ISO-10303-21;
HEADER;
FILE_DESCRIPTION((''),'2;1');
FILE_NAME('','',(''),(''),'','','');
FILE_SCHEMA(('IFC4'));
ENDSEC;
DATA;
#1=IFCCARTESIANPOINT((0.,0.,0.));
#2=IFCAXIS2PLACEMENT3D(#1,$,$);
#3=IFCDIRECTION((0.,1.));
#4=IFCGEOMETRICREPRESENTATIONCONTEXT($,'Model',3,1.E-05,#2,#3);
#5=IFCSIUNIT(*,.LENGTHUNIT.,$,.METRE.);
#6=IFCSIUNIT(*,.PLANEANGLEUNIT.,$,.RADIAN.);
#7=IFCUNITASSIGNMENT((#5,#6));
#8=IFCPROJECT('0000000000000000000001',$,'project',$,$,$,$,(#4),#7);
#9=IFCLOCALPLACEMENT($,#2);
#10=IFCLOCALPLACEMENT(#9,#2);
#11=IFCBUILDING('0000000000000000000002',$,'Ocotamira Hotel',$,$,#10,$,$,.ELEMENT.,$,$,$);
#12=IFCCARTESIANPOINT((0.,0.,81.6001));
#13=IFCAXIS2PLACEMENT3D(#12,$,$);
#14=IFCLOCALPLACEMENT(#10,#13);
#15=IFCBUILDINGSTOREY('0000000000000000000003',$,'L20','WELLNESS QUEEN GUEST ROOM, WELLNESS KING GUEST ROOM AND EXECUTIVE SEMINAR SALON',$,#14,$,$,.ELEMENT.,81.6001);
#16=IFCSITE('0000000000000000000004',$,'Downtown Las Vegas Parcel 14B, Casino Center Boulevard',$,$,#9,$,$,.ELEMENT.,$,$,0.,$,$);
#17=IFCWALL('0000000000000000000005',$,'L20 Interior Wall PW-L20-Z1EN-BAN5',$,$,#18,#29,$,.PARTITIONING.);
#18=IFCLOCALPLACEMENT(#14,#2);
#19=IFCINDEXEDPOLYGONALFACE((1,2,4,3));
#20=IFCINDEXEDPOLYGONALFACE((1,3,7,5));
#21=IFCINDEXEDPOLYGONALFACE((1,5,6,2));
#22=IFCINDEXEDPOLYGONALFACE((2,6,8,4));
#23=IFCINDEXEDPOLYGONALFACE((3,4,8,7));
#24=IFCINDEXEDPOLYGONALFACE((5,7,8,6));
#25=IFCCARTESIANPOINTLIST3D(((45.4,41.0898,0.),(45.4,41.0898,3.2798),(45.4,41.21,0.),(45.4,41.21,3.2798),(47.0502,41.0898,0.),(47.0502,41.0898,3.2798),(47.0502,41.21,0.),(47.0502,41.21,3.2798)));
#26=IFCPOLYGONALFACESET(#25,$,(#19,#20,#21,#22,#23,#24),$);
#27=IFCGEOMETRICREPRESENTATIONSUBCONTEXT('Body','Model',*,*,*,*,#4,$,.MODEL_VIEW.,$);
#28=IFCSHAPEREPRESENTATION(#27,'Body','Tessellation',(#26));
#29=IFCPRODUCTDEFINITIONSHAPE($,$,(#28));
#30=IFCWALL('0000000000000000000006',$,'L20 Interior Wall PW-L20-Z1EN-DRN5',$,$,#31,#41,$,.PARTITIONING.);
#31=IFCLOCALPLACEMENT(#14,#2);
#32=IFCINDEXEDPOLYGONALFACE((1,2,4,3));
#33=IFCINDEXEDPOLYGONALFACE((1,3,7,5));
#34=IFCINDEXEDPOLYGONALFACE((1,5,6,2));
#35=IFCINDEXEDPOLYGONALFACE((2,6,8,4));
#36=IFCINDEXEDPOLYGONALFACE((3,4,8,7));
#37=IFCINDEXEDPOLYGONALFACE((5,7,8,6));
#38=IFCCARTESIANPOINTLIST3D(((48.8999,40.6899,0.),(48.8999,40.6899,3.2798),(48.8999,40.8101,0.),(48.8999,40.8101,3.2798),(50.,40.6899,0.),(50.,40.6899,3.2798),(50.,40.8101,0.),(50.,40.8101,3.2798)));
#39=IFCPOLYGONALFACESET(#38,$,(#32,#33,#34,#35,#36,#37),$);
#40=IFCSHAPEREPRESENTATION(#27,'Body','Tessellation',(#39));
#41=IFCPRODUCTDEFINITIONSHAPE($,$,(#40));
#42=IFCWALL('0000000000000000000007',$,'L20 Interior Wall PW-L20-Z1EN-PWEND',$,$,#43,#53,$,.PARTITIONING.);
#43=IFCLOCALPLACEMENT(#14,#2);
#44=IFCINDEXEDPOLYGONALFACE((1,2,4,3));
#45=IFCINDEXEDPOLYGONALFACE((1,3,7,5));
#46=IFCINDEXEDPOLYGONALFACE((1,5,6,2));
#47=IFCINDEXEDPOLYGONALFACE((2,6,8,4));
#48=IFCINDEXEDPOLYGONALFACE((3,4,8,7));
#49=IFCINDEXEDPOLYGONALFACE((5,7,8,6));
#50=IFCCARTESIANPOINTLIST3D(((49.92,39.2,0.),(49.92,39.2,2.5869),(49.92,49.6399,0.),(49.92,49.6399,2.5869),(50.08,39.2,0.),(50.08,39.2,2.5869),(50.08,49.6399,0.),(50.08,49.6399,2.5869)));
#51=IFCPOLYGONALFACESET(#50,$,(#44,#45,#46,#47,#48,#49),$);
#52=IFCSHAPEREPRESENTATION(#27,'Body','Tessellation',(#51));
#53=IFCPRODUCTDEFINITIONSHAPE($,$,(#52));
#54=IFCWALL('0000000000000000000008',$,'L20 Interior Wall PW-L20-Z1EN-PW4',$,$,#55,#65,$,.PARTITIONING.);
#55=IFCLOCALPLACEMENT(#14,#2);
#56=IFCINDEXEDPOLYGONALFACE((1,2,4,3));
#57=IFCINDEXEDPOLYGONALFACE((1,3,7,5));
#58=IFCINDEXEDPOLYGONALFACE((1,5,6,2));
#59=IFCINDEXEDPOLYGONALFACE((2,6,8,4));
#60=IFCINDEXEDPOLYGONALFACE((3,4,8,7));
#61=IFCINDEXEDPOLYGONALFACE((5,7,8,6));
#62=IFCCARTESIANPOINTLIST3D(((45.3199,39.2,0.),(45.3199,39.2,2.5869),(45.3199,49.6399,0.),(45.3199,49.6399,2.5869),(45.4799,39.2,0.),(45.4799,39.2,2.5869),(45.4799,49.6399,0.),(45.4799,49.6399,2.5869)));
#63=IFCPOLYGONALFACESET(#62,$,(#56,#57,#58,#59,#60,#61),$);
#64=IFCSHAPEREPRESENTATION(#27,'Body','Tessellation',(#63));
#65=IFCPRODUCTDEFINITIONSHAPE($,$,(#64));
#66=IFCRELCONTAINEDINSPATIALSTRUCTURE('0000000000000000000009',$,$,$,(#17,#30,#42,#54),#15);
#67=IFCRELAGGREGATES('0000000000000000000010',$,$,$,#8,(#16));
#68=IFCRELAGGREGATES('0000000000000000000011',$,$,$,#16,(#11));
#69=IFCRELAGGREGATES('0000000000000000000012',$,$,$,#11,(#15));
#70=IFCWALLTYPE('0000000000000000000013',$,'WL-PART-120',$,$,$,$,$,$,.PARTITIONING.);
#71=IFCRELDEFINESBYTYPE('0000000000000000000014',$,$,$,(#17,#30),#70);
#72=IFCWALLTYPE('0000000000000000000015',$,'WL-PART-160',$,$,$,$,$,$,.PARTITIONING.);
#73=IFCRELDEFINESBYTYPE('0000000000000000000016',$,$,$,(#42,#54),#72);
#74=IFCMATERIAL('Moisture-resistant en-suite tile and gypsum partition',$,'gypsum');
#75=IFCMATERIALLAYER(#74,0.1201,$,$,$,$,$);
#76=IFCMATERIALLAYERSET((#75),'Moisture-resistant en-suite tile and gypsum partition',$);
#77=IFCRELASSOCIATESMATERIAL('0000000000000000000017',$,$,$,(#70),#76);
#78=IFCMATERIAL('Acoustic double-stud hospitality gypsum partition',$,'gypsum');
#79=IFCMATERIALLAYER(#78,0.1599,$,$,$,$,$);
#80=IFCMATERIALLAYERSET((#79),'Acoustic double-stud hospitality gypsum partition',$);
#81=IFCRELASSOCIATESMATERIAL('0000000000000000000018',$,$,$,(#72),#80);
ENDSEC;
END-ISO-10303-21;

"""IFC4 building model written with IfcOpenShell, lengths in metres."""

from ifc_helpers import new_model, si_unit, direction, frame, frame_2d, origin, place, context, subcontext, project, spatial, rectangle, extrude, material, layer, layer_set, type_object, element, save


model = new_model("IFC4")

# Units and contexts
model_context = context("Model", 3, precision=1e-05, world=origin(), true_north=direction((0.0, 1.0)))
body_context = subcontext(model_context, "Body", "Model", "MODEL_VIEW")
ifc_project = project(units=[si_unit("LENGTHUNIT", "METRE"), si_unit("PLANEANGLEUNIT", "RADIAN")], contexts=[model_context])

# Site, building, storey
site_placement = place(None, origin())
site = spatial("IfcSite", under=ifc_project, at=site_placement, Name="Downtown Las Vegas Parcel 14B, Casino Center Boulevard", CompositionType="ELEMENT", RefElevation=0.0)
building_placement = place(site_placement, origin())
building = spatial("IfcBuilding", under=site, at=building_placement, Name="Ocotamira Hotel", CompositionType="ELEMENT")
storey_placement = place(building_placement, frame((0.0, 0.0, 81.6001)))
storey = spatial("IfcBuildingStorey", under=building, at=storey_placement, Name="L20", Description="WELLNESS QUEEN GUEST ROOM, WELLNESS KING GUEST ROOM AND EXECUTIVE SEMINAR SALON", CompositionType="ELEMENT", Elevation=81.6001)

# Shared definitions
ifc_material_1 = material(Name="Moisture-resistant en-suite tile and gypsum partition", Category="gypsum")
ifc_layer_1 = layer(ifc_material_1, 0.1201)
ifc_layer_set_1 = layer_set([ifc_layer_1], Name="Moisture-resistant en-suite tile and gypsum partition")
wall_type_1 = type_object("IfcWallType", Name="WL-PART-120", PredefinedType="PARTITIONING", material=ifc_layer_set_1)

# Walls
wall_1_placement = place(storey_placement, frame((45.3999, 41.1499, 0.0), z_axis=(0.0, 0.0, 1.0), x_axis=(1.0, 0.0, 0.0)))
element("IfcWall", 1, at=wall_1_placement, inside=storey, type_object=wall_type_1, Name="L20 Interior Wall PW-L20-Z1EN-BAN5", PredefinedType="PARTITIONING", context=body_context, shape_type="SweptSolid", body=[
    extrude(rectangle(XDim=1.6501, YDim=0.1201, at=frame_2d((0.8252, 0.0))), origin(), (0.0, 0.0, 1.0), 3.2798),
])
wall_2_placement = place(storey_placement, frame((48.8999, 40.75, 0.0), z_axis=(0.0, 0.0, 1.0), x_axis=(1.0, 0.0, 0.0)))
element("IfcWall", 2, at=wall_2_placement, inside=storey, type_object=wall_type_1, Name="L20 Interior Wall PW-L20-Z1EN-DRN5", PredefinedType="PARTITIONING", context=body_context, shape_type="SweptSolid", body=[
    extrude(rectangle(XDim=1.1001, YDim=0.1201, at=frame_2d((0.55, 0.0))), origin(), (0.0, 0.0, 1.0), 3.2798),
])
ifc_material_2 = material(Name="Acoustic double-stud hospitality gypsum partition", Category="gypsum")
ifc_layer_2 = layer(ifc_material_2, 0.1599)
ifc_layer_set_2 = layer_set([ifc_layer_2], Name="Acoustic double-stud hospitality gypsum partition")
wall_type_2 = type_object("IfcWallType", Name="WL-PART-160", PredefinedType="PARTITIONING", material=ifc_layer_set_2)
for number, where, z_axis, x_axis, name in (
    (3, (50.0, 39.2, 0.0), (0.0, 0.0, 1.0), (0.0, 1.0, 0.0), "L20 Interior Wall PW-L20-Z1EN-PWEND"),
    (4, (45.3999, 39.2, 0.0), (0.0, 0.0, 1.0), (0.0, 1.0, 0.0), "L20 Interior Wall PW-L20-Z1EN-PW4"),
):
    element("IfcWall", number, at=place(storey_placement, frame(where, z_axis=z_axis, x_axis=x_axis)), inside=storey, type_object=wall_type_2, Name=name, PredefinedType="PARTITIONING", context=body_context, shape_type="SweptSolid", body=[
        extrude(rectangle(XDim=10.4399, YDim=0.1599, at=frame_2d((5.22, 0.0))), origin(), (0.0, 0.0, 1.0), 2.5869),
    ])

save(model, "model.ifc")
